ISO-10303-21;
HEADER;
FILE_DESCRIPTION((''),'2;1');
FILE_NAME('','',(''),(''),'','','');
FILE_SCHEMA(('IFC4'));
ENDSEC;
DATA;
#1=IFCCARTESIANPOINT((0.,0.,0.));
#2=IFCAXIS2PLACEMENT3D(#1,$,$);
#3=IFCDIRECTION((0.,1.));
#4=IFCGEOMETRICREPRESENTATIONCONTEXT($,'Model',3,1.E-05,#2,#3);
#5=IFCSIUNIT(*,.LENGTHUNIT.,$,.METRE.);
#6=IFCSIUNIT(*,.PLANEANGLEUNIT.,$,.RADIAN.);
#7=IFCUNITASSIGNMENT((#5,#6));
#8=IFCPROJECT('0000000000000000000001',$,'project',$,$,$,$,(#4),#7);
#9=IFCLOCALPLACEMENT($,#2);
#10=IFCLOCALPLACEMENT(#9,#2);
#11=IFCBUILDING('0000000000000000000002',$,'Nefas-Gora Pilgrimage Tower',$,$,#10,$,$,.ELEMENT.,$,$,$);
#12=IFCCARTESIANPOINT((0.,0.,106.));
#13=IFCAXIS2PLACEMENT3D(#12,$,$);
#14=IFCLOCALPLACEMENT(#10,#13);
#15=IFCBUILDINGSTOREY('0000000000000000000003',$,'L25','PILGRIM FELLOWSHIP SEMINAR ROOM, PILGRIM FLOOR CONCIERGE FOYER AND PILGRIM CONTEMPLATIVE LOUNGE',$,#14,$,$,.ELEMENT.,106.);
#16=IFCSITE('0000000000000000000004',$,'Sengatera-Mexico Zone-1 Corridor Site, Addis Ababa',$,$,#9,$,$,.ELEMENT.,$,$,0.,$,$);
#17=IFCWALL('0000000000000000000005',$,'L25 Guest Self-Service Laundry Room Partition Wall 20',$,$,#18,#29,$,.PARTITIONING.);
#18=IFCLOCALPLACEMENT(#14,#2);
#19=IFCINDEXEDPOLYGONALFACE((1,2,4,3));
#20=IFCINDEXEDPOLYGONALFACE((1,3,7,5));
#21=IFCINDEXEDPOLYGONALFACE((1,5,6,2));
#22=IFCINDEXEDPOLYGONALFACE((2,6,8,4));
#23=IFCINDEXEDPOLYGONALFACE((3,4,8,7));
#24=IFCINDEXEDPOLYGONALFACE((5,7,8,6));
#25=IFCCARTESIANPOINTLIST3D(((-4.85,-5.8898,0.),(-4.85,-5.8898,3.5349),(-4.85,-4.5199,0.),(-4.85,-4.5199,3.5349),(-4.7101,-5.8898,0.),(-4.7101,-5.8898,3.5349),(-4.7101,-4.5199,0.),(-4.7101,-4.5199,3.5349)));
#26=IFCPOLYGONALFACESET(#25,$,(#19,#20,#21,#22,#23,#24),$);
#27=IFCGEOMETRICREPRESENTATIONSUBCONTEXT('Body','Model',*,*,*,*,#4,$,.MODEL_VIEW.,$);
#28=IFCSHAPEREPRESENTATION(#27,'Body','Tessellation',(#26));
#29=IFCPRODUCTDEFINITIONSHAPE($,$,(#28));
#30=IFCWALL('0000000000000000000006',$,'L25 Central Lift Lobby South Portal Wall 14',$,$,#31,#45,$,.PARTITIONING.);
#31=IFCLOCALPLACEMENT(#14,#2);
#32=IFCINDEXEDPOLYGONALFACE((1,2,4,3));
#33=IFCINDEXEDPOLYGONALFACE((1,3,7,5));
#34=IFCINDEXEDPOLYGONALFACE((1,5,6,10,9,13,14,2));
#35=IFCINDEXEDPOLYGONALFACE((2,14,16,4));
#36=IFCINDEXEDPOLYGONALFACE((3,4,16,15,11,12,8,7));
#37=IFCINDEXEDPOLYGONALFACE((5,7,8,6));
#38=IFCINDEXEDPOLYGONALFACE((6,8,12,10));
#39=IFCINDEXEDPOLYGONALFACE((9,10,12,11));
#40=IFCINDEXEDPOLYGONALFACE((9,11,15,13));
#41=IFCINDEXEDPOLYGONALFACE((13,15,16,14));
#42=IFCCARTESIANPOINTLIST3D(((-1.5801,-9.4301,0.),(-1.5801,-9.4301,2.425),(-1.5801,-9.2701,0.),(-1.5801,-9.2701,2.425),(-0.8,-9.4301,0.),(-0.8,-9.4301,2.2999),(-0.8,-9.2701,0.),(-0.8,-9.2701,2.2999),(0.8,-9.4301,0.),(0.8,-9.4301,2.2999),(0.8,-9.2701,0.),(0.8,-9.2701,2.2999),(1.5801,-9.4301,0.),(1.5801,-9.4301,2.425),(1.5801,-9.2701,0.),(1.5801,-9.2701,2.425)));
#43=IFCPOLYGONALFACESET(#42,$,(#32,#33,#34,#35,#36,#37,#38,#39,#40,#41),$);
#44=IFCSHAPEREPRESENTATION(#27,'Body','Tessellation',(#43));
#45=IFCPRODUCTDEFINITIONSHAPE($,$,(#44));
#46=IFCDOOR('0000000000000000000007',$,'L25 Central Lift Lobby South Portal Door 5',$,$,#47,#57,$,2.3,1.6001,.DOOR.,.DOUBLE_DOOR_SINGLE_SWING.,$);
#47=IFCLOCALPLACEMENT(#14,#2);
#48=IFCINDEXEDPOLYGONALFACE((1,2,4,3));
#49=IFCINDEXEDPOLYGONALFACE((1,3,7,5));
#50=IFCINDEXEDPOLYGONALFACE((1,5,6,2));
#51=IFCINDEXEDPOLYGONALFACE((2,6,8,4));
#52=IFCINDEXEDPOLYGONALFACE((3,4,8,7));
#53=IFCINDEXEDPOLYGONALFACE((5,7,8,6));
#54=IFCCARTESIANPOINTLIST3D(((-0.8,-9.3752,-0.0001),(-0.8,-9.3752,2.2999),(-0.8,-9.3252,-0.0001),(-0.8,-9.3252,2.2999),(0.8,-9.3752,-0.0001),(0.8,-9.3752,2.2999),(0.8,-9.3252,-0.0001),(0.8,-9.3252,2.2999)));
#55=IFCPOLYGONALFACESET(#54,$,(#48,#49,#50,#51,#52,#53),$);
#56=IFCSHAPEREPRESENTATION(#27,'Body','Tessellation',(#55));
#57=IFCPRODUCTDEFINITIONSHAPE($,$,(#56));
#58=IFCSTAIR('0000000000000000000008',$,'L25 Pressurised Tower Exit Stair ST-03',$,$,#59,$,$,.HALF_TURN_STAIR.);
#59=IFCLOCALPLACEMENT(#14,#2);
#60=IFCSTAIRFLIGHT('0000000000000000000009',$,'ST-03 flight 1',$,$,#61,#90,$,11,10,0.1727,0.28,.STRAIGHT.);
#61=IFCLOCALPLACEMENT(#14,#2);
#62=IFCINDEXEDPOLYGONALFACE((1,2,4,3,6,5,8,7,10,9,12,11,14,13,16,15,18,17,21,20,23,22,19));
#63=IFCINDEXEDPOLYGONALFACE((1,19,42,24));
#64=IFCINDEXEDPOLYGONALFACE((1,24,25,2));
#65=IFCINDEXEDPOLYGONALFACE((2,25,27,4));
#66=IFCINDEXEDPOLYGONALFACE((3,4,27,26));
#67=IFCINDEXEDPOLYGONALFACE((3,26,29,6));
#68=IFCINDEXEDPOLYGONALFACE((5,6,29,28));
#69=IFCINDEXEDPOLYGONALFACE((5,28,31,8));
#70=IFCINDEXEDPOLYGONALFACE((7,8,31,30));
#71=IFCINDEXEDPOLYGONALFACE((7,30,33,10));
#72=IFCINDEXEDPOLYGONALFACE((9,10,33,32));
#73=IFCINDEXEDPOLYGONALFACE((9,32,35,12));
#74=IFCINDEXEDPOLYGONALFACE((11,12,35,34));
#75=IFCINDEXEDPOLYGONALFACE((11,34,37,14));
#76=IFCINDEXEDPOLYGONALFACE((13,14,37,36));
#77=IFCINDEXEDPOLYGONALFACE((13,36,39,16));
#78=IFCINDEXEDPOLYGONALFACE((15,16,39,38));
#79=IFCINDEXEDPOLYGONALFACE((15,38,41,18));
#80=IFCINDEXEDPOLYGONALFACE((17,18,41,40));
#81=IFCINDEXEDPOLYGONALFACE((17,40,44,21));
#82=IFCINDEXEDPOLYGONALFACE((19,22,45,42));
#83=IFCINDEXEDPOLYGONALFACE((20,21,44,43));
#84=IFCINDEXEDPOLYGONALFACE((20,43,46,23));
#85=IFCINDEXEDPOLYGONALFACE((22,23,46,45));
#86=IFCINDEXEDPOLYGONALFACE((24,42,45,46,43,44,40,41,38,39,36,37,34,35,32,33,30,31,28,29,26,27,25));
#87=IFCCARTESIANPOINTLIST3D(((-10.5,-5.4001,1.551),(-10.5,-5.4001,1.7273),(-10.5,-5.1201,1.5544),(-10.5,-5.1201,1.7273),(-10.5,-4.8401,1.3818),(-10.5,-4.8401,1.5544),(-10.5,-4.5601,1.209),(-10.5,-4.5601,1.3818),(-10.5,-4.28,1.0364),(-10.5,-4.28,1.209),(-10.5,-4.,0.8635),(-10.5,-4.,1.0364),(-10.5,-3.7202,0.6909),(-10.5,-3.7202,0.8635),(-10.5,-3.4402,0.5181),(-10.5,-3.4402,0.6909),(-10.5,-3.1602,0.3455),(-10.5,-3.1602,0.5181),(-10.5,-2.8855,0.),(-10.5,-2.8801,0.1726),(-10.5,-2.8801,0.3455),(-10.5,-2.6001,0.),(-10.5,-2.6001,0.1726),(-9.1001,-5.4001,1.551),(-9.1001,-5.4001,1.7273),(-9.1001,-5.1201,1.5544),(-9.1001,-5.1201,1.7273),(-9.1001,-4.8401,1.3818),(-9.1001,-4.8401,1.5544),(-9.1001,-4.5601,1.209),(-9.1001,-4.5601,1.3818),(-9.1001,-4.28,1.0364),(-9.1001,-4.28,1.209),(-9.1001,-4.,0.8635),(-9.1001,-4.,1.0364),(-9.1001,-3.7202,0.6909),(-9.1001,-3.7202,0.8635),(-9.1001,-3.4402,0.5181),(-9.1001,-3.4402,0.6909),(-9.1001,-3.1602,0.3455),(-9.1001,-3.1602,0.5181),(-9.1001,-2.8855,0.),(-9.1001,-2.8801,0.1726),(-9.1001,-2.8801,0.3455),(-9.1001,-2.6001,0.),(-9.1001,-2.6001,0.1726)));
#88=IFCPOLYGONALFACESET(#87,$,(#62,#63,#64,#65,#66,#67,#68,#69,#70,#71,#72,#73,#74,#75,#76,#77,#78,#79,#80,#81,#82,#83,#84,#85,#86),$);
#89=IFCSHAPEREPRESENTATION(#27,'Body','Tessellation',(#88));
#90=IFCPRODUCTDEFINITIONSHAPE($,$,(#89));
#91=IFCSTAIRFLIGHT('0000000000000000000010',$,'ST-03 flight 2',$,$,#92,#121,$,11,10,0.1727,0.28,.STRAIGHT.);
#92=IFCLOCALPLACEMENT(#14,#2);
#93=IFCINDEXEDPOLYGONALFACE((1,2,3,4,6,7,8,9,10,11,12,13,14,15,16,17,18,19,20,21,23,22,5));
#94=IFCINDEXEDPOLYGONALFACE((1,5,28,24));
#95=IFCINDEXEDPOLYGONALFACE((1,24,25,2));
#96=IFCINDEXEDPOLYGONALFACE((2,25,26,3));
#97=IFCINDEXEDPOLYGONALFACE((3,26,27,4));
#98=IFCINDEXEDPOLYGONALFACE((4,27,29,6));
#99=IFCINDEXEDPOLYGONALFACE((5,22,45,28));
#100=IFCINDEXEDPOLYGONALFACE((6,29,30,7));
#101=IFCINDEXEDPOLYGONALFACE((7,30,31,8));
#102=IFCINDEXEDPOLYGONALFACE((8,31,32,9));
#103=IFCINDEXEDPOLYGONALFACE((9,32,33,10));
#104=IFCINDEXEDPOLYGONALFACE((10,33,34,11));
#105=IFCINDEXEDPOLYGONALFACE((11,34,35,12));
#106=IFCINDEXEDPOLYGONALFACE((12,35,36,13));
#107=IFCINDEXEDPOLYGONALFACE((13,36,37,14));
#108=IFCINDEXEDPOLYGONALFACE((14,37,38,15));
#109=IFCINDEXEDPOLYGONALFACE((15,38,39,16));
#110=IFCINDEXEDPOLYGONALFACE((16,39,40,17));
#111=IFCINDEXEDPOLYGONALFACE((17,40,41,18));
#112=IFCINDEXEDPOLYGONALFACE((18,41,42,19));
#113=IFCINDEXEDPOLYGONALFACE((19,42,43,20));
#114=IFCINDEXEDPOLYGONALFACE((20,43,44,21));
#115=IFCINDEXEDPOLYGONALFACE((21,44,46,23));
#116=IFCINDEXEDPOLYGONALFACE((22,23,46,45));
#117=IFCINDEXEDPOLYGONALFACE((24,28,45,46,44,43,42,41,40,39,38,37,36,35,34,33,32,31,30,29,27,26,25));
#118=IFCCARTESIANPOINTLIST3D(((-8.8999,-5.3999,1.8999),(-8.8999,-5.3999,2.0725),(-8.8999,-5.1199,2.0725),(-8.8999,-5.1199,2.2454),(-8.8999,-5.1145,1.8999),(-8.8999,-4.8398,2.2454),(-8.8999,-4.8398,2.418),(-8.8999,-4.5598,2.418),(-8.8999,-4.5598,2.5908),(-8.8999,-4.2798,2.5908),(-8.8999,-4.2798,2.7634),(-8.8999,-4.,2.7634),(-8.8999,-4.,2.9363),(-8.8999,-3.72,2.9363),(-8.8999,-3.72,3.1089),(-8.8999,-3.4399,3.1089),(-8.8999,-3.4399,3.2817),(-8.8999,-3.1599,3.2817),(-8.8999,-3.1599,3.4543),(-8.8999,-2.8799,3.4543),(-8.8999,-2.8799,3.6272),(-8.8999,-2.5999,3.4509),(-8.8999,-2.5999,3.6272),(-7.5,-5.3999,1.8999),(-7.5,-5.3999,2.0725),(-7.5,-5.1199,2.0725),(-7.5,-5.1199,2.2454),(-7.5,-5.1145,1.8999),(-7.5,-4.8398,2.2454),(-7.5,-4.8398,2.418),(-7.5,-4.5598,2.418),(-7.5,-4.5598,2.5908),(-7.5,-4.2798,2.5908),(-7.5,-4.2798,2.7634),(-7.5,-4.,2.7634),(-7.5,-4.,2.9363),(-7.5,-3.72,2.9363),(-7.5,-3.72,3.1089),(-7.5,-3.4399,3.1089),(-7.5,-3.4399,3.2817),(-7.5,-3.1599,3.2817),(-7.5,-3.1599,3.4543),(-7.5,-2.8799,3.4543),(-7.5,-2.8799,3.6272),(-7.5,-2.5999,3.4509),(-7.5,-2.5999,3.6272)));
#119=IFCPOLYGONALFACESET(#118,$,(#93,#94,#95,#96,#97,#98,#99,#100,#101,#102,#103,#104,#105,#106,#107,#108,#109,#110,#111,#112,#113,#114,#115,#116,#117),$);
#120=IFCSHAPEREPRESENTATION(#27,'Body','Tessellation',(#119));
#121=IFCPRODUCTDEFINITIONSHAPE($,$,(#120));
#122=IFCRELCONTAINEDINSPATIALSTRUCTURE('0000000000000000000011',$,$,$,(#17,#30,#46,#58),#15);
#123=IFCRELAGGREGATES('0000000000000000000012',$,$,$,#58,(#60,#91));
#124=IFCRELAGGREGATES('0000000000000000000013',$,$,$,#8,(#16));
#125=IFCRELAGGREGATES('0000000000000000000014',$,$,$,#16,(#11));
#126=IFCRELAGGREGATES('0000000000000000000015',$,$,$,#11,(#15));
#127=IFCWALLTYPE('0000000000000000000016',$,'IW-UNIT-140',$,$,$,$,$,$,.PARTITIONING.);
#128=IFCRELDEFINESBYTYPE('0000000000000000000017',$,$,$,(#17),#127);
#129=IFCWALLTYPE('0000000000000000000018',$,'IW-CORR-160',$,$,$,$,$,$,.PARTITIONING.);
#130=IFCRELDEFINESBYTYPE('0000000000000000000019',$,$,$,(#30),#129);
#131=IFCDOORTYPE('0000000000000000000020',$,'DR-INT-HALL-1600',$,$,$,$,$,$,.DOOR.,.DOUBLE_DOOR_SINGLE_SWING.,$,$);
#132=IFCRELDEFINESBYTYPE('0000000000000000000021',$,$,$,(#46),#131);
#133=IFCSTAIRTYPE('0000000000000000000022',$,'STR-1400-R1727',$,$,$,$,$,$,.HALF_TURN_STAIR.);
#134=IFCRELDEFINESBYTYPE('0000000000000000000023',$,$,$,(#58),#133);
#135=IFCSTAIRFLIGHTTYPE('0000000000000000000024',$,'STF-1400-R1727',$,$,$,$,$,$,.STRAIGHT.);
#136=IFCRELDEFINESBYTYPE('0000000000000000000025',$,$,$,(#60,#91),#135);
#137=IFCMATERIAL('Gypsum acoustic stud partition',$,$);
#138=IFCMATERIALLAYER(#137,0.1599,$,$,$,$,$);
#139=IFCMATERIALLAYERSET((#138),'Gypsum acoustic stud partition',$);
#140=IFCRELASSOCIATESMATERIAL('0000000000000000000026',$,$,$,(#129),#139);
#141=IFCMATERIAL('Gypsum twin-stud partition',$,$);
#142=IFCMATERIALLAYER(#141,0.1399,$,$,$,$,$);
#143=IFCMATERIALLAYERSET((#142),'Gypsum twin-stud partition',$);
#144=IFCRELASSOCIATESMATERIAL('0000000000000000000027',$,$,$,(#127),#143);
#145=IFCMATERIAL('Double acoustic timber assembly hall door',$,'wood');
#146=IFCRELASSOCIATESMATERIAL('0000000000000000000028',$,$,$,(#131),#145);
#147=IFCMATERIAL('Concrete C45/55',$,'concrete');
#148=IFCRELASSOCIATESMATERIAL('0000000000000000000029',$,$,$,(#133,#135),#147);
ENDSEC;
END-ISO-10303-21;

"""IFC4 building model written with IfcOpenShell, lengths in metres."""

from ifc_helpers import new_model, si_unit, direction, frame, frame_2d, origin, place, context, subcontext, project, spatial, polyline, rectangle, outline, extrude, source, transform, mapped, material, layer, layer_set, type_object, element, fill, aggregate, save


model = new_model("IFC4")

# Units and contexts
model_context = context("Model", 3, precision=1e-05, world=origin(), true_north=direction((0.0, 1.0)))
body_context = subcontext(model_context, "Body", "Model", "MODEL_VIEW")
ifc_project = project(units=[si_unit("LENGTHUNIT", "METRE"), si_unit("PLANEANGLEUNIT", "RADIAN")], contexts=[model_context])

# Site, building, storey
site_placement = place(None, origin())
site = spatial("IfcSite", under=ifc_project, at=site_placement, Name="Sengatera-Mexico Zone-1 Corridor Site, Addis Ababa", CompositionType="ELEMENT", RefElevation=0.0)
building_placement = place(site_placement, origin())
building = spatial("IfcBuilding", under=site, at=building_placement, Name="Nefas-Gora Pilgrimage Tower", CompositionType="ELEMENT")
storey_placement = place(building_placement, frame((0.0, 0.0, 106.0)))
storey = spatial("IfcBuildingStorey", under=building, at=storey_placement, Name="L25", Description="PILGRIM FELLOWSHIP SEMINAR ROOM, PILGRIM FLOOR CONCIERGE FOYER AND PILGRIM CONTEMPLATIVE LOUNGE", CompositionType="ELEMENT", Elevation=106.0)

# Shared definitions
ifc_material_1 = material(Name="Concrete C45/55", Category="concrete")

# Shared definitions
ifc_material_2 = material(Name="Gypsum acoustic stud partition")
ifc_layer_1 = layer(ifc_material_2, 0.1599)
ifc_layer_set_1 = layer_set([ifc_layer_1], Name="Gypsum acoustic stud partition")
wall_type_1 = type_object("IfcWallType", Name="IW-CORR-160", PredefinedType="PARTITIONING", material=ifc_layer_set_1)
ifc_material_3 = material(Name="Gypsum twin-stud partition")
ifc_layer_2 = layer(ifc_material_3, 0.1399)
ifc_layer_set_2 = layer_set([ifc_layer_2], Name="Gypsum twin-stud partition")
wall_type_2 = type_object("IfcWallType", Name="IW-UNIT-140", PredefinedType="PARTITIONING", material=ifc_layer_set_2)

# Wall
shared_shape_1 = source(origin(), body_context, "Body", "SweptSolid", [
    extrude(rectangle(XDim=1.3699, YDim=0.1399, at=frame_2d((0.6851, 0.0))), origin(), (0.0, 0.0, 1.0), 3.5349),
])
wall_1_placement = place(storey_placement, frame((-4.78, -5.8899, 0.0), z_axis=(0.0, 0.0, 1.0), x_axis=(0.0, 1.0, 0.0)))
element("IfcWall", 1, at=wall_1_placement, inside=storey, type_object=wall_type_2, Name="L25 Guest Self-Service Laundry Room Partition Wall 20", PredefinedType="PARTITIONING", context=body_context, shape_type="MappedRepresentation", body=[
    mapped(shared_shape_1, transform((0.0, 0.0, 0.0), x_axis=(1.0, 0.0, 0.0), y_axis=(0.0, 1.0, 0.0), z_axis=(0.0, 0.0, 1.0), scale=1.0)),
])

# Wall, opening, door
shared_shape_2 = source(origin(), body_context, "Body", "SweptSolid", [
    extrude(rectangle(XDim=3.1602, YDim=0.1599, at=frame_2d((1.5801, 0.0))), origin(), (0.0, 0.0, 1.0), 2.425),
])
wall_2_placement = place(storey_placement, frame((-1.5801, -9.3501, 0.0), z_axis=(0.0, 0.0, 1.0), x_axis=(1.0, 0.0, 0.0)))
wall_2 = element("IfcWall", 2, at=wall_2_placement, inside=storey, type_object=wall_type_1, Name="L25 Central Lift Lobby South Portal Wall 14", PredefinedType="PARTITIONING", context=body_context, shape_type="MappedRepresentation", body=[
    mapped(shared_shape_2, transform((0.0, 0.0, 0.0), x_axis=(1.0, 0.0, 0.0), y_axis=(0.0, 1.0, 0.0), z_axis=(0.0, 0.0, 1.0), scale=1.0)),
])
opening_1_placement = place(wall_2_placement, frame((0.78, 0.0, 0.0)))
opening_1 = element("IfcOpeningElement", 3, at=opening_1_placement, cuts=wall_2, PredefinedType="OPENING", context=body_context, shape_type="SweptSolid", body=[
    extrude(rectangle(XDim=1.6001, YDim=2.3, at=frame_2d((0.8, 1.1499))), frame((0.0, 0.0898, 0.0), z_axis=(0.0, -1.0, 0.0), x_axis=(1.0, 0.0, 0.0)), (0.0, 0.0, 1.0), 0.1799),
])
ifc_material_4 = material(Name="Double acoustic timber assembly hall door", Category="wood")
door_type_1 = type_object("IfcDoorType", Name="DR-INT-HALL-1600", OperationType="DOUBLE_DOOR_SINGLE_SWING", PredefinedType="DOOR", material=ifc_material_4)
shared_shape_3 = source(origin(), body_context, "Body", "SweptSolid", [
    extrude(rectangle(XDim=1.6001, YDim=2.3, at=frame_2d((0.8, 1.1499))), frame((0.0, 0.0249, 0.0), z_axis=(0.0, -1.0, 0.0), x_axis=(1.0, 0.0, 0.0)), (0.0, 0.0, 1.0), 0.05),
])
door_1_placement = place(opening_1_placement, origin())
door_1 = element("IfcDoor", 4, at=door_1_placement, inside=storey, type_object=door_type_1, Name="L25 Central Lift Lobby South Portal Door 5", OperationType="DOUBLE_DOOR_SINGLE_SWING", OverallHeight=2.3, OverallWidth=1.6001, PredefinedType="DOOR", context=body_context, shape_type="MappedRepresentation", body=[
    mapped(shared_shape_3, transform((0.0, 0.0, 0.0), x_axis=(1.0, 0.0, 0.0), y_axis=(0.0, 1.0, 0.0), z_axis=(0.0, 0.0, 1.0), scale=1.0)),
])
fill(opening_1, door_1)

# Stair, stair flights
stair_type = type_object("IfcStairType", Name="STR-1400-R1727", PredefinedType="HALF_TURN_STAIR", material=ifc_material_1)
stair_placement = place(storey_placement, origin())
stair = element("IfcStair", 5, at=stair_placement, inside=storey, type_object=stair_type, Name="L25 Pressurised Tower Exit Stair ST-03", PredefinedType="HALF_TURN_STAIR")
stair_flight_type = type_object("IfcStairFlightType", Name="STF-1400-R1727", PredefinedType="STRAIGHT", material=ifc_material_1)
shared_shape_4 = source(origin(), body_context, "Body", "SweptSolid", [
    extrude(outline(polyline([(0.0, 0.0), (0.0, 0.1726), (0.28, 0.1726), (0.28, 0.3455), (0.5601, 0.3455), (0.5601, 0.5181), (0.8401, 0.5181), (0.8401, 0.6909), (1.1201, 0.6909), (1.1201, 0.8635), (1.3999, 0.8635), (1.3999, 1.0364), (1.6799, 1.0364), (1.6799, 1.209), (1.96, 1.209), (1.96, 1.3818), (2.24, 1.3818), (2.24, 1.5544), (2.52, 1.5544), (2.52, 1.7273), (2.8, 1.7273), (2.8, 1.8999), (2.8, 1.551), (0.2854, 0.0), (0.0, 0.0)])), frame((0.0, 0.7, 0.0), z_axis=(0.0, -1.0, 0.0), x_axis=(1.0, 0.0, 0.0)), (0.0, 0.0, 1.0), 1.3999),
])
stair_flight_1_placement = place(storey_placement, frame((-9.8, -2.6001, 0.0), z_axis=(0.0, 0.0, 1.0), x_axis=(0.0, -1.0, 0.0)))
stair_flight_1 = element("IfcStairFlight", 6, at=stair_flight_1_placement, type_object=stair_flight_type, Name="ST-03 flight 1", NumberOfRisers=11, NumberOfTreads=10, PredefinedType="STRAIGHT", RiserHeight=0.1727, TreadLength=0.28, context=body_context, shape_type="MappedRepresentation", body=[
    mapped(shared_shape_4, transform((0.0, 0.0, 0.0), x_axis=(1.0, 0.0, 0.0), y_axis=(0.0, 1.0, 0.0), z_axis=(0.0, 0.0, 1.0), scale=1.0)),
])
stair_flight_2_placement = place(storey_placement, frame((-8.2, -5.3999, 1.8999), z_axis=(0.0, 0.0, 1.0), x_axis=(0.0, 1.0, 0.0)))
stair_flight_2 = element("IfcStairFlight", 7, at=stair_flight_2_placement, type_object=stair_flight_type, Name="ST-03 flight 2", NumberOfRisers=11, NumberOfTreads=10, PredefinedType="STRAIGHT", RiserHeight=0.1727, TreadLength=0.28, context=body_context, shape_type="MappedRepresentation", body=[
    mapped(shared_shape_4, transform((0.0, 0.0, 0.0), x_axis=(1.0, 0.0, 0.0), y_axis=(0.0, 1.0, 0.0), z_axis=(0.0, 0.0, 1.0), scale=1.0)),
])
aggregate(stair, [stair_flight_1, stair_flight_2])

save(model, "model.ifc")
